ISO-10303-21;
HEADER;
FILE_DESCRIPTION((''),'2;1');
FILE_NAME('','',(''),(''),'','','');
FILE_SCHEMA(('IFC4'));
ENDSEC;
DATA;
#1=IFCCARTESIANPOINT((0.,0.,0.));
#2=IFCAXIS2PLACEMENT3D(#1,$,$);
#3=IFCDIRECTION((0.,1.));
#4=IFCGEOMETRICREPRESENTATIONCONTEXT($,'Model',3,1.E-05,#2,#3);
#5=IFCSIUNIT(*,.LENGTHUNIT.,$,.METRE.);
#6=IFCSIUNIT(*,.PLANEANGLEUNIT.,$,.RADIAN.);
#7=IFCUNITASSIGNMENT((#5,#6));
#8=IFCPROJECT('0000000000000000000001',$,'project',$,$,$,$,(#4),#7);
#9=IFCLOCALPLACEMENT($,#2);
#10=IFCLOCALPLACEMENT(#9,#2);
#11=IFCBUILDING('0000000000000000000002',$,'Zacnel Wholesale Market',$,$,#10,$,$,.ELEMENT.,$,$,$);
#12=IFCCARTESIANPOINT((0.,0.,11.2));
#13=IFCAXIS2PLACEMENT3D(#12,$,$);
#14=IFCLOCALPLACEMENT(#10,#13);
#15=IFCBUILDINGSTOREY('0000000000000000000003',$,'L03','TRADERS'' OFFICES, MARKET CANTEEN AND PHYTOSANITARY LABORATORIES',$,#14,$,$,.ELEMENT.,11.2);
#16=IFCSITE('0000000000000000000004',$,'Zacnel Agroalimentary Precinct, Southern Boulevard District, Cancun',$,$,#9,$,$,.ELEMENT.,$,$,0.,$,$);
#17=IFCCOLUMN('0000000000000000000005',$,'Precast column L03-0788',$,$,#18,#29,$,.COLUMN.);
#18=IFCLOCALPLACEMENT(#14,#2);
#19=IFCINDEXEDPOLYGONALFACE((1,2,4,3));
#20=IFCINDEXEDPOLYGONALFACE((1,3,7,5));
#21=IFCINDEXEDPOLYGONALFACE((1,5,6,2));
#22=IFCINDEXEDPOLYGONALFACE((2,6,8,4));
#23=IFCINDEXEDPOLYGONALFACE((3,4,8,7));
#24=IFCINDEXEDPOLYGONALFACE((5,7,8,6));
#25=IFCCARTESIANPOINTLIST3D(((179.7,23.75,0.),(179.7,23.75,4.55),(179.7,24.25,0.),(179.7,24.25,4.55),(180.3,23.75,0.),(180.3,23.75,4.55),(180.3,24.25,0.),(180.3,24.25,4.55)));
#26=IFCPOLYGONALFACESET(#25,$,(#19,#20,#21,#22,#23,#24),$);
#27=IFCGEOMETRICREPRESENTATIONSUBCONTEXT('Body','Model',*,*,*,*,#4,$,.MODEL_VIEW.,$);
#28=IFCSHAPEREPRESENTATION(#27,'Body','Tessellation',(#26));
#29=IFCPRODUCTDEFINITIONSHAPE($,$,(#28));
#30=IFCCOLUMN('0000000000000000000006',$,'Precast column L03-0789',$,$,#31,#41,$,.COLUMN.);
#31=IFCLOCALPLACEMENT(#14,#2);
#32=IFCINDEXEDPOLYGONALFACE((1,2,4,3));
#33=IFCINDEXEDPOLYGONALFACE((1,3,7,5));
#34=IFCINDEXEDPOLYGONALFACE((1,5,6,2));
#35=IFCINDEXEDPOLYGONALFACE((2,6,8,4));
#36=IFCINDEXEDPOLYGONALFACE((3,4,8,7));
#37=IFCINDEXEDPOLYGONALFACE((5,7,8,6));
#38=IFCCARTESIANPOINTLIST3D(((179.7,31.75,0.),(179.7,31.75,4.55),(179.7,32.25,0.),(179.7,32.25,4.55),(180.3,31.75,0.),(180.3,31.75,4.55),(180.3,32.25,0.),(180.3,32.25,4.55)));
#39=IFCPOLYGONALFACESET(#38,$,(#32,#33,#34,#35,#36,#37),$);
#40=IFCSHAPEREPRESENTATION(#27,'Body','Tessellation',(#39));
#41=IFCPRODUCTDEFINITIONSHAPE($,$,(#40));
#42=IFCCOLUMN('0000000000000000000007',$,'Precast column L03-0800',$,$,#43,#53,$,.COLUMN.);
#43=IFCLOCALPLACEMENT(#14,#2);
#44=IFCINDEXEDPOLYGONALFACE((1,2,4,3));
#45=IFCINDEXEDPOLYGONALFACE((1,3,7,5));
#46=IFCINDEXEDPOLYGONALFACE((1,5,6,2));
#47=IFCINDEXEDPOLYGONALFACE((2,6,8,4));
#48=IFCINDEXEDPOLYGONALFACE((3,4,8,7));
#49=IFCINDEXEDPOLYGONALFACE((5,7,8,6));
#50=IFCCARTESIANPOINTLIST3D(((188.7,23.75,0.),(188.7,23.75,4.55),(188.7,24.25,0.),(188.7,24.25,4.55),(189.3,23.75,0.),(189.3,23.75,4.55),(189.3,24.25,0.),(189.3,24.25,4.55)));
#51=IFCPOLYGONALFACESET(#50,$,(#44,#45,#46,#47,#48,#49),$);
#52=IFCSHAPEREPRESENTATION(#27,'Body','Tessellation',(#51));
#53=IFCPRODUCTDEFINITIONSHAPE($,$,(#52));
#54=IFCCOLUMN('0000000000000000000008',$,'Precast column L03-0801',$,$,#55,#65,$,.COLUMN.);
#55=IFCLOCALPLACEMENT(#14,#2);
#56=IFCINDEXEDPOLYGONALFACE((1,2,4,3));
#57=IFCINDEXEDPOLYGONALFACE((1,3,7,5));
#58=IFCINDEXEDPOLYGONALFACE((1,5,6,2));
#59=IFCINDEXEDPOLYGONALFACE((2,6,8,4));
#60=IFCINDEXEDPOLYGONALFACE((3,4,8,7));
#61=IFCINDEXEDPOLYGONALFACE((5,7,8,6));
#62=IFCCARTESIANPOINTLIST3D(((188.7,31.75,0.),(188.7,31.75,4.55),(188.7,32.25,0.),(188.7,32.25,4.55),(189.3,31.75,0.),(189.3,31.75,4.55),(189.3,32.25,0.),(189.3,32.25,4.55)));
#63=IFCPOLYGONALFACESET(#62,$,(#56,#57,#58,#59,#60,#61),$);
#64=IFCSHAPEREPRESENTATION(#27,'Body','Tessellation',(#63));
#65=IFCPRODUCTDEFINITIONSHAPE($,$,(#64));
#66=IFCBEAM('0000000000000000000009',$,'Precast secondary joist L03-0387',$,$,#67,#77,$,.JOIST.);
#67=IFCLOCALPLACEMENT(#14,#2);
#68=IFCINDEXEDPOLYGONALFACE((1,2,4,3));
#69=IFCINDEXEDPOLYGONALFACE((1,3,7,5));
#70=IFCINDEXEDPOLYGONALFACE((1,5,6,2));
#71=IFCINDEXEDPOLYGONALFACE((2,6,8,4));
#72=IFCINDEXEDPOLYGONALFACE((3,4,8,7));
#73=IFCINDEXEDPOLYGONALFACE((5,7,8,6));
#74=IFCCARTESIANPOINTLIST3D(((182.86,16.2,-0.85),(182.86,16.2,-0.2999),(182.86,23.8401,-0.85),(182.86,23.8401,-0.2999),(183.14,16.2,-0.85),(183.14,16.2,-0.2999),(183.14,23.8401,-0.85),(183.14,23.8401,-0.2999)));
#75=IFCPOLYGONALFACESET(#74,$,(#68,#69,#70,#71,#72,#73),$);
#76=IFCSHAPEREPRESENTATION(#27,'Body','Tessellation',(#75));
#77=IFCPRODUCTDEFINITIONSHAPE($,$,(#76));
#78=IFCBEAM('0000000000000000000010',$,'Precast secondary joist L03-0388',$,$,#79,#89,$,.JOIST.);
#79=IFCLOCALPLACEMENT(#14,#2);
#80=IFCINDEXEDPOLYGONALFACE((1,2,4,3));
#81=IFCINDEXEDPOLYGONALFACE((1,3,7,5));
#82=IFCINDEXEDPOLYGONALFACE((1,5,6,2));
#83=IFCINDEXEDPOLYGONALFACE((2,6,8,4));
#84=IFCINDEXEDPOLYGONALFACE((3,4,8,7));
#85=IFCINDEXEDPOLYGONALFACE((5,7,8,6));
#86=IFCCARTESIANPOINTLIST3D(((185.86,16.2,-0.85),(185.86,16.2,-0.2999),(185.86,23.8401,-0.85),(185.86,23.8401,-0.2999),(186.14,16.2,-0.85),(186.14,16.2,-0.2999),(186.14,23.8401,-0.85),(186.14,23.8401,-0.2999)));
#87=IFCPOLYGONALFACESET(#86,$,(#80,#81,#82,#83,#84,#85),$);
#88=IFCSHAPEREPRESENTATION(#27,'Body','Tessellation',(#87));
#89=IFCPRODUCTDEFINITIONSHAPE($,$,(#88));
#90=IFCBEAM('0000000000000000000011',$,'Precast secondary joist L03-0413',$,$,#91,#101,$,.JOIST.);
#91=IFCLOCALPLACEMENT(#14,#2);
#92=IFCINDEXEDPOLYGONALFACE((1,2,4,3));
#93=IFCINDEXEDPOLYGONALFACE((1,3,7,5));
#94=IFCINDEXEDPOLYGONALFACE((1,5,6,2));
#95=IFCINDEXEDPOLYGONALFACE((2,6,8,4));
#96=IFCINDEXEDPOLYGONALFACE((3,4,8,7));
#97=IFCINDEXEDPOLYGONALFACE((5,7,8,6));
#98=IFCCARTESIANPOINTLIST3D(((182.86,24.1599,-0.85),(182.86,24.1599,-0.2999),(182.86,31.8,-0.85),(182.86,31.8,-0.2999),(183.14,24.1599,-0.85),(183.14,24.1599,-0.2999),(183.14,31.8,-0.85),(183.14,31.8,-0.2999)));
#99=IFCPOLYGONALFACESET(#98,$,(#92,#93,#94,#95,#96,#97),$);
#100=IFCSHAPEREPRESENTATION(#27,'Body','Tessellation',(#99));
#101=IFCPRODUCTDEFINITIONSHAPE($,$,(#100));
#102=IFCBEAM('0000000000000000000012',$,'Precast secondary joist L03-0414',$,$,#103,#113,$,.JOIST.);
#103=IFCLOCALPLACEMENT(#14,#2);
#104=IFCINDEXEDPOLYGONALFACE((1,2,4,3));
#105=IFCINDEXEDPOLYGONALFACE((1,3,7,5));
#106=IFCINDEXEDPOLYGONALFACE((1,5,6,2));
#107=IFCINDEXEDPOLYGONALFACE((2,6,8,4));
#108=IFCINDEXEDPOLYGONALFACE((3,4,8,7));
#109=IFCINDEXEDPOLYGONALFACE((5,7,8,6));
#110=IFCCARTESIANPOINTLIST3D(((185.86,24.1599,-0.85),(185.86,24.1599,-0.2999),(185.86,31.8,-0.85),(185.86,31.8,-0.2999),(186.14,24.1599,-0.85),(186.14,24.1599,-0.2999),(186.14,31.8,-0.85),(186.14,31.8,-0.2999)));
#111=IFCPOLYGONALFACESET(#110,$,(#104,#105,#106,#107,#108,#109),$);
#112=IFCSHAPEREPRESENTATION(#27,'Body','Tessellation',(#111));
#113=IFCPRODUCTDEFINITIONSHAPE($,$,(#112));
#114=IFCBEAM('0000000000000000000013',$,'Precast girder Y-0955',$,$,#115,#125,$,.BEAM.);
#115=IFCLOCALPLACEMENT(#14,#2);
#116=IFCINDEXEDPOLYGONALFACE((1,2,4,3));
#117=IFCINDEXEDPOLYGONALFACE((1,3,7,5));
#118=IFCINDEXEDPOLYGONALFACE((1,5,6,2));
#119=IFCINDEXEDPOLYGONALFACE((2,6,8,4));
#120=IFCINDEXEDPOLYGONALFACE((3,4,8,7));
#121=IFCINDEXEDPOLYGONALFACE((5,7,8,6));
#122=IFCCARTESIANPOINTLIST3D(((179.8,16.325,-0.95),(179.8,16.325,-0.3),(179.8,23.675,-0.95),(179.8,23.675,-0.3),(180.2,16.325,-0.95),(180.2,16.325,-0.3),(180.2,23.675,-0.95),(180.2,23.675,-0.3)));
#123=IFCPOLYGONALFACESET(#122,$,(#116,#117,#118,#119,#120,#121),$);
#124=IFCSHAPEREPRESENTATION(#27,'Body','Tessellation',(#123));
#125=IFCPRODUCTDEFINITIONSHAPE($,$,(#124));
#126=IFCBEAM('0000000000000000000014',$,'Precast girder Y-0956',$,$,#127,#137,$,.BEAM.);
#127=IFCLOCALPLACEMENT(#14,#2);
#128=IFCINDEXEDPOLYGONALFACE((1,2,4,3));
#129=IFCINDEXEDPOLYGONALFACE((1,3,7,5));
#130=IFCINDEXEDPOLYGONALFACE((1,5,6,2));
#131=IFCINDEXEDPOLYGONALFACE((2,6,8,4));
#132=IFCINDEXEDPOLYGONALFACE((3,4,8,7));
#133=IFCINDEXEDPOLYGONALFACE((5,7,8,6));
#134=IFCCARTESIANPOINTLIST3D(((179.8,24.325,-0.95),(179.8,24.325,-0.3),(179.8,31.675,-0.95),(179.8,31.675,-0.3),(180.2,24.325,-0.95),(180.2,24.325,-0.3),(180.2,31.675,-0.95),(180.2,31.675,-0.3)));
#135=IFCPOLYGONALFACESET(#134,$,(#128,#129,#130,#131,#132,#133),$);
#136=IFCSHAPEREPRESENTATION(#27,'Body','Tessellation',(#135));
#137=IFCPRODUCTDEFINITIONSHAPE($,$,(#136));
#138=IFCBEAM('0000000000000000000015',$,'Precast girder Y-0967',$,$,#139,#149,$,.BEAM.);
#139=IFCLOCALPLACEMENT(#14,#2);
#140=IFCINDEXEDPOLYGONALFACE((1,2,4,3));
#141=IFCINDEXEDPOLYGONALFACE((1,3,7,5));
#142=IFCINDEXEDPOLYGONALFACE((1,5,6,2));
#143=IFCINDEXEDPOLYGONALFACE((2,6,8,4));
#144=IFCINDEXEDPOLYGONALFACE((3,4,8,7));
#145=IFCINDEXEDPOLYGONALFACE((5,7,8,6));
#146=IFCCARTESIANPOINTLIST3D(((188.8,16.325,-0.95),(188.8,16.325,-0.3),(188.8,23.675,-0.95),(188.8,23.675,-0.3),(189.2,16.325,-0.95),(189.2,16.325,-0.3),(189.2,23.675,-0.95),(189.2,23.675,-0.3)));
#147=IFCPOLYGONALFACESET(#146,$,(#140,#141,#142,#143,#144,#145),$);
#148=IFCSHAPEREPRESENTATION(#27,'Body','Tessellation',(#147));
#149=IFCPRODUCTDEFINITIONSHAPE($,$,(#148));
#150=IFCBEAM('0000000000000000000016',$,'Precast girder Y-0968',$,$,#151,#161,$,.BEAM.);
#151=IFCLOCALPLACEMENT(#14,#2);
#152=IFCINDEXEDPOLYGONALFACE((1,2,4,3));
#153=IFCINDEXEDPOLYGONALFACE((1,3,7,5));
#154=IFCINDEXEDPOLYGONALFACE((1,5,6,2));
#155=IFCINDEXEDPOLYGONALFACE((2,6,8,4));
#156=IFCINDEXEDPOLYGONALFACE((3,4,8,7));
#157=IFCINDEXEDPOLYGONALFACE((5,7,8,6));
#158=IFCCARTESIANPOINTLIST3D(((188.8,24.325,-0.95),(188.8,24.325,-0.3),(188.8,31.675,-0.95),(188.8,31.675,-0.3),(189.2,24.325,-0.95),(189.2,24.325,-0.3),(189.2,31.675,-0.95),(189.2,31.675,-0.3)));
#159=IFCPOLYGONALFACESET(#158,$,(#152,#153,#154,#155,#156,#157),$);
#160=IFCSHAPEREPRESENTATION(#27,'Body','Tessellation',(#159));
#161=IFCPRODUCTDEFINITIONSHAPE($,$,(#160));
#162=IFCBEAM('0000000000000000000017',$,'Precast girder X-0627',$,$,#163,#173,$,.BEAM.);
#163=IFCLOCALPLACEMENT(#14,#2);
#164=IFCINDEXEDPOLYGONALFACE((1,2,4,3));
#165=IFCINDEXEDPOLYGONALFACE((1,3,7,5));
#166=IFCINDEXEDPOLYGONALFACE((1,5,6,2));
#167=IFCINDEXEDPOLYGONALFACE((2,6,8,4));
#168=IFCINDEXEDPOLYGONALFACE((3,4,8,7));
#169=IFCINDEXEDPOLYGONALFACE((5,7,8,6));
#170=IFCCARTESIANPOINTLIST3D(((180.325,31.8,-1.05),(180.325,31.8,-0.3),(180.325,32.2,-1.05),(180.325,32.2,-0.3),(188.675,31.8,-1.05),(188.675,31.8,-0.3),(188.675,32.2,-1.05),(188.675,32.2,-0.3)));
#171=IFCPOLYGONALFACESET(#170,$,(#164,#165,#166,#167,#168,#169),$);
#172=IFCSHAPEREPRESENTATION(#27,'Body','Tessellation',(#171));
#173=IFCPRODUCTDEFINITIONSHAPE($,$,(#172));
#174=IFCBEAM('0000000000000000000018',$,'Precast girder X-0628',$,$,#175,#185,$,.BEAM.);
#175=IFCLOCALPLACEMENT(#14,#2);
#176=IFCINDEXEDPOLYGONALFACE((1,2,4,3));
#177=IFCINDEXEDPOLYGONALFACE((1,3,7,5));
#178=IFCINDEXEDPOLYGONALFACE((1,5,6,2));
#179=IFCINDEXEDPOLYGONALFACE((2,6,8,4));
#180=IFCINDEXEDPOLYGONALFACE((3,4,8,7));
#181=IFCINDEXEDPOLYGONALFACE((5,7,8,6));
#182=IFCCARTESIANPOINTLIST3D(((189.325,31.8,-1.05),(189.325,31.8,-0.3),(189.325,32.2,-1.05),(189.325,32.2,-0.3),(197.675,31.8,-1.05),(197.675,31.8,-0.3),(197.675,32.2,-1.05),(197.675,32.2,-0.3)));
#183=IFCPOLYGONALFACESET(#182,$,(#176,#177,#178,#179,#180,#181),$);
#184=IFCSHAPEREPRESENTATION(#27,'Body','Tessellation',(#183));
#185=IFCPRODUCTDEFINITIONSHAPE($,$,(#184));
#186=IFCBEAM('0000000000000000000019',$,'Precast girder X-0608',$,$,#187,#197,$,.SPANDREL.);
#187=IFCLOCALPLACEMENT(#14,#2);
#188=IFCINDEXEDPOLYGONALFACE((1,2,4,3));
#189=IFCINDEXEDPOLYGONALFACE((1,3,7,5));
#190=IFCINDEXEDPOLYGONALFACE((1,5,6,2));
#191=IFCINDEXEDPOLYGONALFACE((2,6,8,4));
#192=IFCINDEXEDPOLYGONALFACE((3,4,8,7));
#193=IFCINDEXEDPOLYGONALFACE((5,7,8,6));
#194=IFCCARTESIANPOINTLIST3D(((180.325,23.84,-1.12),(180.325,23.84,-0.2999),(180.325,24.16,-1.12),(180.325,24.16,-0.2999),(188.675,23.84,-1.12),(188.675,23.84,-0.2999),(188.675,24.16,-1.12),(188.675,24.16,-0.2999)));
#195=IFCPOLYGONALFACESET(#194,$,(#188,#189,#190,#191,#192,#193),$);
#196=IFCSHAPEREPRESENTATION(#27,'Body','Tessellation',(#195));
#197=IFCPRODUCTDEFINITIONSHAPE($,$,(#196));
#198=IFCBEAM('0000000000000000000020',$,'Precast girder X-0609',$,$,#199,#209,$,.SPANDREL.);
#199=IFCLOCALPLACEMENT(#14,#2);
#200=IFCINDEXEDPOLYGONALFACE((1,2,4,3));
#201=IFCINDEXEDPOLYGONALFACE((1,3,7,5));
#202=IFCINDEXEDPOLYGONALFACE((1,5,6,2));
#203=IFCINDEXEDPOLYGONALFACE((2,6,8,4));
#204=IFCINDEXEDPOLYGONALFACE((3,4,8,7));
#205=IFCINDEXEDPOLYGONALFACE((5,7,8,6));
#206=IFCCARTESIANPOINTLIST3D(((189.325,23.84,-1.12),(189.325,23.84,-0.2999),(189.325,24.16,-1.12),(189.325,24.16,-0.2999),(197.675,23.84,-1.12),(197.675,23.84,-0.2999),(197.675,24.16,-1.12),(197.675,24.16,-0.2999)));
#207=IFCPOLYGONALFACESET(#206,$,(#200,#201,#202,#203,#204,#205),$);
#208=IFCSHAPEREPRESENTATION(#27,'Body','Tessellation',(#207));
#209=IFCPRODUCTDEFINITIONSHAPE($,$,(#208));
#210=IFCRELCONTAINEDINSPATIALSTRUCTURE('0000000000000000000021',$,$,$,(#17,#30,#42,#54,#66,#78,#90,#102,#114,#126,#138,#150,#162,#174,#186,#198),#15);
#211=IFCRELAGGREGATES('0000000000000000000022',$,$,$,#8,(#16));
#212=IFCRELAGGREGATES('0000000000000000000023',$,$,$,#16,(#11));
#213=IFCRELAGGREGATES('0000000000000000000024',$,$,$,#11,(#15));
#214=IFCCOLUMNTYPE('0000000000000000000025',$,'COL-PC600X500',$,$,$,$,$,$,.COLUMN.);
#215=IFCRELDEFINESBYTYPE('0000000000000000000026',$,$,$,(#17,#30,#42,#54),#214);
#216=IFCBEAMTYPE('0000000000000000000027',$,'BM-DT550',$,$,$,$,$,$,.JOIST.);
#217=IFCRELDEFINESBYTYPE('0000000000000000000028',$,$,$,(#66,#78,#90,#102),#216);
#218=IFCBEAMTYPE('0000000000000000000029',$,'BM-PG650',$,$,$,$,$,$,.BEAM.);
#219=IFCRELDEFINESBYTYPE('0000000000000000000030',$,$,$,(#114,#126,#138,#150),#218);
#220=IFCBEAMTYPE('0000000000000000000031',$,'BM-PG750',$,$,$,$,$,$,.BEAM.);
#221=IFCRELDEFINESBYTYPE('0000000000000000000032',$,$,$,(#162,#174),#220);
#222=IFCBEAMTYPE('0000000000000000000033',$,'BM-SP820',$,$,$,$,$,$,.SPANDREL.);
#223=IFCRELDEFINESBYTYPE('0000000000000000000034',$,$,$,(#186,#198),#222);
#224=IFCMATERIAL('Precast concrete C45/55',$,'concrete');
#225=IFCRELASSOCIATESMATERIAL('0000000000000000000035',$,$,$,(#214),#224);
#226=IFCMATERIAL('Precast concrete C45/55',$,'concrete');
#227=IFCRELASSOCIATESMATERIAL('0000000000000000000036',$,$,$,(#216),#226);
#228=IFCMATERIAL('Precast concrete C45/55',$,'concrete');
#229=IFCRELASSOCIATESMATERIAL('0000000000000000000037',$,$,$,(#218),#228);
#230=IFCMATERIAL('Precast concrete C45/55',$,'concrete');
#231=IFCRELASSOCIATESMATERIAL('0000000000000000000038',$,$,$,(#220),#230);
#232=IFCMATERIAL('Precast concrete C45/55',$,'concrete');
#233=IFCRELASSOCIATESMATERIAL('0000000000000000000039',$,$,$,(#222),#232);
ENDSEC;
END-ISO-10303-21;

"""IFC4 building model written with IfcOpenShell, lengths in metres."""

from ifc_helpers import new_model, si_unit, direction, frame, origin, origin_2d, place, context, subcontext, project, spatial, rectangle, extrude, material, material_profile, profile_set, type_object, element, save


model = new_model("IFC4")

# Units and contexts
model_context = context("Model", 3, precision=1e-05, world=origin(), true_north=direction((0.0, 1.0)))
body_context = subcontext(model_context, "Body", "Model", "MODEL_VIEW")
ifc_project = project(units=[si_unit("LENGTHUNIT", "METRE"), si_unit("PLANEANGLEUNIT", "RADIAN")], contexts=[model_context])

# Site, building, storey
site_placement = place(None, origin())
site = spatial("IfcSite", under=ifc_project, at=site_placement, Name="Zacnel Agroalimentary Precinct, Southern Boulevard District, Cancun", CompositionType="ELEMENT", RefElevation=0.0)
building_placement = place(site_placement, origin())
building = spatial("IfcBuilding", under=site, at=building_placement, Name="Zacnel Wholesale Market", CompositionType="ELEMENT")
storey_placement = place(building_placement, frame((0.0, 0.0, 11.2)))
storey = spatial("IfcBuildingStorey", under=building, at=storey_placement, Name="L03", Description="TRADERS' OFFICES, MARKET CANTEEN AND PHYTOSANITARY LABORATORIES", CompositionType="ELEMENT", Elevation=11.2)

# Columns
ifc_material_1 = material(Name="Precast concrete C45/55", Category="concrete")
ifc_material_profile_1 = material_profile(ifc_material_1, rectangle(XDim=0.6001, YDim=0.5, at=origin_2d()), Name="PC 600x500")
ifc_profile_set_1 = profile_set([ifc_material_profile_1], Name="Precast concrete C45/55")
column_type = type_object("IfcColumnType", Name="COL-PC600X500", PredefinedType="COLUMN", material=ifc_profile_set_1)
for number, where, z_axis, x_axis, name in (
    (1, (180.0, 24.0, 0.0), (0.0, 0.0, 1.0), (1.0, 0.0, 0.0), "Precast column L03-0788"),
    (2, (180.0, 32.0, 0.0), (0.0, 0.0, 1.0), (1.0, 0.0, 0.0), "Precast column L03-0789"),
    (3, (189.0, 24.0, 0.0), (0.0, 0.0, 1.0), (1.0, 0.0, 0.0), "Precast column L03-0800"),
    (4, (189.0, 32.0, 0.0), (0.0, 0.0, 1.0), (1.0, 0.0, 0.0), "Precast column L03-0801"),
):
    element("IfcColumn", number, at=place(storey_placement, frame(where, z_axis=z_axis, x_axis=x_axis)), inside=storey, type_object=column_type, Name=name, PredefinedType="COLUMN", context=body_context, shape_type="SweptSolid", body=[
        extrude(rectangle(XDim=0.6001, YDim=0.5, at=origin_2d()), origin(), (0.0, 0.0, 1.0), 4.55),
    ])

# Beams
ifc_material_2 = material(Name="Precast concrete C45/55", Category="concrete")
ifc_material_profile_2 = material_profile(ifc_material_2, rectangle(XDim=0.28, YDim=0.55, at=origin_2d()), Name="DT RIB 280x550")
ifc_profile_set_2 = profile_set([ifc_material_profile_2], Name="Precast concrete C45/55")
beam_type_1 = type_object("IfcBeamType", Name="BM-DT550", PredefinedType="JOIST", material=ifc_profile_set_2)
for number, where, z_axis, x_axis, name in (
    (5, (183.0, 16.2, -0.575), (0.0, 1.0, 0.0), (-1.0, 0.0, 0.0), "Precast secondary joist L03-0387"),
    (6, (186.0, 16.2, -0.575), (0.0, 1.0, 0.0), (-1.0, 0.0, 0.0), "Precast secondary joist L03-0388"),
    (7, (183.0, 24.1599, -0.575), (0.0, 1.0, 0.0), (-1.0, 0.0, 0.0), "Precast secondary joist L03-0413"),
    (8, (186.0, 24.1599, -0.575), (0.0, 1.0, 0.0), (-1.0, 0.0, 0.0), "Precast secondary joist L03-0414"),
):
    element("IfcBeam", number, at=place(storey_placement, frame(where, z_axis=z_axis, x_axis=x_axis)), inside=storey, type_object=beam_type_1, Name=name, PredefinedType="JOIST", context=body_context, shape_type="SweptSolid", body=[
        extrude(rectangle(XDim=0.28, YDim=0.55, at=origin_2d()), origin(), (0.0, 0.0, 1.0), 7.6401),
    ])
ifc_material_3 = material(Name="Precast concrete C45/55", Category="concrete")
ifc_material_profile_3 = material_profile(ifc_material_3, rectangle(XDim=0.3999, YDim=0.6499, at=origin_2d()), Name="PG 400x650")
ifc_profile_set_3 = profile_set([ifc_material_profile_3], Name="Precast concrete C45/55")
beam_type_2 = type_object("IfcBeamType", Name="BM-PG650", PredefinedType="BEAM", material=ifc_profile_set_3)
for number, where, z_axis, x_axis, name in (
    (9, (180.0, 16.325, -0.625), (0.0, 1.0, 0.0), (-1.0, 0.0, 0.0), "Precast girder Y-0955"),
    (10, (180.0, 24.325, -0.625), (0.0, 1.0, 0.0), (-1.0, 0.0, 0.0), "Precast girder Y-0956"),
    (11, (189.0, 16.325, -0.625), (0.0, 1.0, 0.0), (-1.0, 0.0, 0.0), "Precast girder Y-0967"),
    (12, (189.0, 24.325, -0.625), (0.0, 1.0, 0.0), (-1.0, 0.0, 0.0), "Precast girder Y-0968"),
):
    element("IfcBeam", number, at=place(storey_placement, frame(where, z_axis=z_axis, x_axis=x_axis)), inside=storey, type_object=beam_type_2, Name=name, PredefinedType="BEAM", context=body_context, shape_type="SweptSolid", body=[
        extrude(rectangle(XDim=0.3999, YDim=0.6499, at=origin_2d()), origin(), (0.0, 0.0, 1.0), 7.3501),
    ])
ifc_material_4 = material(Name="Precast concrete C45/55", Category="concrete")
ifc_material_profile_4 = material_profile(ifc_material_4, rectangle(XDim=0.3999, YDim=0.75, at=origin_2d()), Name="PG 400x750")
ifc_profile_set_4 = profile_set([ifc_material_profile_4], Name="Precast concrete C45/55")
beam_type_3 = type_object("IfcBeamType", Name="BM-PG750", PredefinedType="BEAM", material=ifc_profile_set_4)
for number, where, z_axis, x_axis, name in (
    (13, (180.325, 32.0, -0.675), (1.0, 0.0, 0.0), (0.0, 1.0, 0.0), "Precast girder X-0627"),
    (14, (189.325, 32.0, -0.675), (1.0, 0.0, 0.0), (0.0, 1.0, 0.0), "Precast girder X-0628"),
):
    element("IfcBeam", number, at=place(storey_placement, frame(where, z_axis=z_axis, x_axis=x_axis)), inside=storey, type_object=beam_type_3, Name=name, PredefinedType="BEAM", context=body_context, shape_type="SweptSolid", body=[
        extrude(rectangle(XDim=0.3999, YDim=0.75, at=origin_2d()), origin(), (0.0, 0.0, 1.0), 8.3501),
    ])
ifc_material_5 = material(Name="Precast concrete C45/55", Category="concrete")
ifc_material_profile_5 = material_profile(ifc_material_5, rectangle(XDim=0.3201, YDim=0.8201, at=origin_2d()), Name="SP 320x820")
ifc_profile_set_5 = profile_set([ifc_material_profile_5], Name="Precast concrete C45/55")
beam_type_4 = type_object("IfcBeamType", Name="BM-SP820", PredefinedType="SPANDREL", material=ifc_profile_set_5)
for number, where, z_axis, x_axis, name in (
    (15, (180.325, 24.0, -0.71), (1.0, 0.0, 0.0), (0.0, 1.0, 0.0), "Precast girder X-0608"),
    (16, (189.325, 24.0, -0.71), (1.0, 0.0, 0.0), (0.0, 1.0, 0.0), "Precast girder X-0609"),
):
    element("IfcBeam", number, at=place(storey_placement, frame(where, z_axis=z_axis, x_axis=x_axis)), inside=storey, type_object=beam_type_4, Name=name, PredefinedType="SPANDREL", context=body_context, shape_type="SweptSolid", body=[
        extrude(rectangle(XDim=0.3201, YDim=0.8201, at=origin_2d()), origin(), (0.0, 0.0, 1.0), 8.3501),
    ])

save(model, "model.ifc")
